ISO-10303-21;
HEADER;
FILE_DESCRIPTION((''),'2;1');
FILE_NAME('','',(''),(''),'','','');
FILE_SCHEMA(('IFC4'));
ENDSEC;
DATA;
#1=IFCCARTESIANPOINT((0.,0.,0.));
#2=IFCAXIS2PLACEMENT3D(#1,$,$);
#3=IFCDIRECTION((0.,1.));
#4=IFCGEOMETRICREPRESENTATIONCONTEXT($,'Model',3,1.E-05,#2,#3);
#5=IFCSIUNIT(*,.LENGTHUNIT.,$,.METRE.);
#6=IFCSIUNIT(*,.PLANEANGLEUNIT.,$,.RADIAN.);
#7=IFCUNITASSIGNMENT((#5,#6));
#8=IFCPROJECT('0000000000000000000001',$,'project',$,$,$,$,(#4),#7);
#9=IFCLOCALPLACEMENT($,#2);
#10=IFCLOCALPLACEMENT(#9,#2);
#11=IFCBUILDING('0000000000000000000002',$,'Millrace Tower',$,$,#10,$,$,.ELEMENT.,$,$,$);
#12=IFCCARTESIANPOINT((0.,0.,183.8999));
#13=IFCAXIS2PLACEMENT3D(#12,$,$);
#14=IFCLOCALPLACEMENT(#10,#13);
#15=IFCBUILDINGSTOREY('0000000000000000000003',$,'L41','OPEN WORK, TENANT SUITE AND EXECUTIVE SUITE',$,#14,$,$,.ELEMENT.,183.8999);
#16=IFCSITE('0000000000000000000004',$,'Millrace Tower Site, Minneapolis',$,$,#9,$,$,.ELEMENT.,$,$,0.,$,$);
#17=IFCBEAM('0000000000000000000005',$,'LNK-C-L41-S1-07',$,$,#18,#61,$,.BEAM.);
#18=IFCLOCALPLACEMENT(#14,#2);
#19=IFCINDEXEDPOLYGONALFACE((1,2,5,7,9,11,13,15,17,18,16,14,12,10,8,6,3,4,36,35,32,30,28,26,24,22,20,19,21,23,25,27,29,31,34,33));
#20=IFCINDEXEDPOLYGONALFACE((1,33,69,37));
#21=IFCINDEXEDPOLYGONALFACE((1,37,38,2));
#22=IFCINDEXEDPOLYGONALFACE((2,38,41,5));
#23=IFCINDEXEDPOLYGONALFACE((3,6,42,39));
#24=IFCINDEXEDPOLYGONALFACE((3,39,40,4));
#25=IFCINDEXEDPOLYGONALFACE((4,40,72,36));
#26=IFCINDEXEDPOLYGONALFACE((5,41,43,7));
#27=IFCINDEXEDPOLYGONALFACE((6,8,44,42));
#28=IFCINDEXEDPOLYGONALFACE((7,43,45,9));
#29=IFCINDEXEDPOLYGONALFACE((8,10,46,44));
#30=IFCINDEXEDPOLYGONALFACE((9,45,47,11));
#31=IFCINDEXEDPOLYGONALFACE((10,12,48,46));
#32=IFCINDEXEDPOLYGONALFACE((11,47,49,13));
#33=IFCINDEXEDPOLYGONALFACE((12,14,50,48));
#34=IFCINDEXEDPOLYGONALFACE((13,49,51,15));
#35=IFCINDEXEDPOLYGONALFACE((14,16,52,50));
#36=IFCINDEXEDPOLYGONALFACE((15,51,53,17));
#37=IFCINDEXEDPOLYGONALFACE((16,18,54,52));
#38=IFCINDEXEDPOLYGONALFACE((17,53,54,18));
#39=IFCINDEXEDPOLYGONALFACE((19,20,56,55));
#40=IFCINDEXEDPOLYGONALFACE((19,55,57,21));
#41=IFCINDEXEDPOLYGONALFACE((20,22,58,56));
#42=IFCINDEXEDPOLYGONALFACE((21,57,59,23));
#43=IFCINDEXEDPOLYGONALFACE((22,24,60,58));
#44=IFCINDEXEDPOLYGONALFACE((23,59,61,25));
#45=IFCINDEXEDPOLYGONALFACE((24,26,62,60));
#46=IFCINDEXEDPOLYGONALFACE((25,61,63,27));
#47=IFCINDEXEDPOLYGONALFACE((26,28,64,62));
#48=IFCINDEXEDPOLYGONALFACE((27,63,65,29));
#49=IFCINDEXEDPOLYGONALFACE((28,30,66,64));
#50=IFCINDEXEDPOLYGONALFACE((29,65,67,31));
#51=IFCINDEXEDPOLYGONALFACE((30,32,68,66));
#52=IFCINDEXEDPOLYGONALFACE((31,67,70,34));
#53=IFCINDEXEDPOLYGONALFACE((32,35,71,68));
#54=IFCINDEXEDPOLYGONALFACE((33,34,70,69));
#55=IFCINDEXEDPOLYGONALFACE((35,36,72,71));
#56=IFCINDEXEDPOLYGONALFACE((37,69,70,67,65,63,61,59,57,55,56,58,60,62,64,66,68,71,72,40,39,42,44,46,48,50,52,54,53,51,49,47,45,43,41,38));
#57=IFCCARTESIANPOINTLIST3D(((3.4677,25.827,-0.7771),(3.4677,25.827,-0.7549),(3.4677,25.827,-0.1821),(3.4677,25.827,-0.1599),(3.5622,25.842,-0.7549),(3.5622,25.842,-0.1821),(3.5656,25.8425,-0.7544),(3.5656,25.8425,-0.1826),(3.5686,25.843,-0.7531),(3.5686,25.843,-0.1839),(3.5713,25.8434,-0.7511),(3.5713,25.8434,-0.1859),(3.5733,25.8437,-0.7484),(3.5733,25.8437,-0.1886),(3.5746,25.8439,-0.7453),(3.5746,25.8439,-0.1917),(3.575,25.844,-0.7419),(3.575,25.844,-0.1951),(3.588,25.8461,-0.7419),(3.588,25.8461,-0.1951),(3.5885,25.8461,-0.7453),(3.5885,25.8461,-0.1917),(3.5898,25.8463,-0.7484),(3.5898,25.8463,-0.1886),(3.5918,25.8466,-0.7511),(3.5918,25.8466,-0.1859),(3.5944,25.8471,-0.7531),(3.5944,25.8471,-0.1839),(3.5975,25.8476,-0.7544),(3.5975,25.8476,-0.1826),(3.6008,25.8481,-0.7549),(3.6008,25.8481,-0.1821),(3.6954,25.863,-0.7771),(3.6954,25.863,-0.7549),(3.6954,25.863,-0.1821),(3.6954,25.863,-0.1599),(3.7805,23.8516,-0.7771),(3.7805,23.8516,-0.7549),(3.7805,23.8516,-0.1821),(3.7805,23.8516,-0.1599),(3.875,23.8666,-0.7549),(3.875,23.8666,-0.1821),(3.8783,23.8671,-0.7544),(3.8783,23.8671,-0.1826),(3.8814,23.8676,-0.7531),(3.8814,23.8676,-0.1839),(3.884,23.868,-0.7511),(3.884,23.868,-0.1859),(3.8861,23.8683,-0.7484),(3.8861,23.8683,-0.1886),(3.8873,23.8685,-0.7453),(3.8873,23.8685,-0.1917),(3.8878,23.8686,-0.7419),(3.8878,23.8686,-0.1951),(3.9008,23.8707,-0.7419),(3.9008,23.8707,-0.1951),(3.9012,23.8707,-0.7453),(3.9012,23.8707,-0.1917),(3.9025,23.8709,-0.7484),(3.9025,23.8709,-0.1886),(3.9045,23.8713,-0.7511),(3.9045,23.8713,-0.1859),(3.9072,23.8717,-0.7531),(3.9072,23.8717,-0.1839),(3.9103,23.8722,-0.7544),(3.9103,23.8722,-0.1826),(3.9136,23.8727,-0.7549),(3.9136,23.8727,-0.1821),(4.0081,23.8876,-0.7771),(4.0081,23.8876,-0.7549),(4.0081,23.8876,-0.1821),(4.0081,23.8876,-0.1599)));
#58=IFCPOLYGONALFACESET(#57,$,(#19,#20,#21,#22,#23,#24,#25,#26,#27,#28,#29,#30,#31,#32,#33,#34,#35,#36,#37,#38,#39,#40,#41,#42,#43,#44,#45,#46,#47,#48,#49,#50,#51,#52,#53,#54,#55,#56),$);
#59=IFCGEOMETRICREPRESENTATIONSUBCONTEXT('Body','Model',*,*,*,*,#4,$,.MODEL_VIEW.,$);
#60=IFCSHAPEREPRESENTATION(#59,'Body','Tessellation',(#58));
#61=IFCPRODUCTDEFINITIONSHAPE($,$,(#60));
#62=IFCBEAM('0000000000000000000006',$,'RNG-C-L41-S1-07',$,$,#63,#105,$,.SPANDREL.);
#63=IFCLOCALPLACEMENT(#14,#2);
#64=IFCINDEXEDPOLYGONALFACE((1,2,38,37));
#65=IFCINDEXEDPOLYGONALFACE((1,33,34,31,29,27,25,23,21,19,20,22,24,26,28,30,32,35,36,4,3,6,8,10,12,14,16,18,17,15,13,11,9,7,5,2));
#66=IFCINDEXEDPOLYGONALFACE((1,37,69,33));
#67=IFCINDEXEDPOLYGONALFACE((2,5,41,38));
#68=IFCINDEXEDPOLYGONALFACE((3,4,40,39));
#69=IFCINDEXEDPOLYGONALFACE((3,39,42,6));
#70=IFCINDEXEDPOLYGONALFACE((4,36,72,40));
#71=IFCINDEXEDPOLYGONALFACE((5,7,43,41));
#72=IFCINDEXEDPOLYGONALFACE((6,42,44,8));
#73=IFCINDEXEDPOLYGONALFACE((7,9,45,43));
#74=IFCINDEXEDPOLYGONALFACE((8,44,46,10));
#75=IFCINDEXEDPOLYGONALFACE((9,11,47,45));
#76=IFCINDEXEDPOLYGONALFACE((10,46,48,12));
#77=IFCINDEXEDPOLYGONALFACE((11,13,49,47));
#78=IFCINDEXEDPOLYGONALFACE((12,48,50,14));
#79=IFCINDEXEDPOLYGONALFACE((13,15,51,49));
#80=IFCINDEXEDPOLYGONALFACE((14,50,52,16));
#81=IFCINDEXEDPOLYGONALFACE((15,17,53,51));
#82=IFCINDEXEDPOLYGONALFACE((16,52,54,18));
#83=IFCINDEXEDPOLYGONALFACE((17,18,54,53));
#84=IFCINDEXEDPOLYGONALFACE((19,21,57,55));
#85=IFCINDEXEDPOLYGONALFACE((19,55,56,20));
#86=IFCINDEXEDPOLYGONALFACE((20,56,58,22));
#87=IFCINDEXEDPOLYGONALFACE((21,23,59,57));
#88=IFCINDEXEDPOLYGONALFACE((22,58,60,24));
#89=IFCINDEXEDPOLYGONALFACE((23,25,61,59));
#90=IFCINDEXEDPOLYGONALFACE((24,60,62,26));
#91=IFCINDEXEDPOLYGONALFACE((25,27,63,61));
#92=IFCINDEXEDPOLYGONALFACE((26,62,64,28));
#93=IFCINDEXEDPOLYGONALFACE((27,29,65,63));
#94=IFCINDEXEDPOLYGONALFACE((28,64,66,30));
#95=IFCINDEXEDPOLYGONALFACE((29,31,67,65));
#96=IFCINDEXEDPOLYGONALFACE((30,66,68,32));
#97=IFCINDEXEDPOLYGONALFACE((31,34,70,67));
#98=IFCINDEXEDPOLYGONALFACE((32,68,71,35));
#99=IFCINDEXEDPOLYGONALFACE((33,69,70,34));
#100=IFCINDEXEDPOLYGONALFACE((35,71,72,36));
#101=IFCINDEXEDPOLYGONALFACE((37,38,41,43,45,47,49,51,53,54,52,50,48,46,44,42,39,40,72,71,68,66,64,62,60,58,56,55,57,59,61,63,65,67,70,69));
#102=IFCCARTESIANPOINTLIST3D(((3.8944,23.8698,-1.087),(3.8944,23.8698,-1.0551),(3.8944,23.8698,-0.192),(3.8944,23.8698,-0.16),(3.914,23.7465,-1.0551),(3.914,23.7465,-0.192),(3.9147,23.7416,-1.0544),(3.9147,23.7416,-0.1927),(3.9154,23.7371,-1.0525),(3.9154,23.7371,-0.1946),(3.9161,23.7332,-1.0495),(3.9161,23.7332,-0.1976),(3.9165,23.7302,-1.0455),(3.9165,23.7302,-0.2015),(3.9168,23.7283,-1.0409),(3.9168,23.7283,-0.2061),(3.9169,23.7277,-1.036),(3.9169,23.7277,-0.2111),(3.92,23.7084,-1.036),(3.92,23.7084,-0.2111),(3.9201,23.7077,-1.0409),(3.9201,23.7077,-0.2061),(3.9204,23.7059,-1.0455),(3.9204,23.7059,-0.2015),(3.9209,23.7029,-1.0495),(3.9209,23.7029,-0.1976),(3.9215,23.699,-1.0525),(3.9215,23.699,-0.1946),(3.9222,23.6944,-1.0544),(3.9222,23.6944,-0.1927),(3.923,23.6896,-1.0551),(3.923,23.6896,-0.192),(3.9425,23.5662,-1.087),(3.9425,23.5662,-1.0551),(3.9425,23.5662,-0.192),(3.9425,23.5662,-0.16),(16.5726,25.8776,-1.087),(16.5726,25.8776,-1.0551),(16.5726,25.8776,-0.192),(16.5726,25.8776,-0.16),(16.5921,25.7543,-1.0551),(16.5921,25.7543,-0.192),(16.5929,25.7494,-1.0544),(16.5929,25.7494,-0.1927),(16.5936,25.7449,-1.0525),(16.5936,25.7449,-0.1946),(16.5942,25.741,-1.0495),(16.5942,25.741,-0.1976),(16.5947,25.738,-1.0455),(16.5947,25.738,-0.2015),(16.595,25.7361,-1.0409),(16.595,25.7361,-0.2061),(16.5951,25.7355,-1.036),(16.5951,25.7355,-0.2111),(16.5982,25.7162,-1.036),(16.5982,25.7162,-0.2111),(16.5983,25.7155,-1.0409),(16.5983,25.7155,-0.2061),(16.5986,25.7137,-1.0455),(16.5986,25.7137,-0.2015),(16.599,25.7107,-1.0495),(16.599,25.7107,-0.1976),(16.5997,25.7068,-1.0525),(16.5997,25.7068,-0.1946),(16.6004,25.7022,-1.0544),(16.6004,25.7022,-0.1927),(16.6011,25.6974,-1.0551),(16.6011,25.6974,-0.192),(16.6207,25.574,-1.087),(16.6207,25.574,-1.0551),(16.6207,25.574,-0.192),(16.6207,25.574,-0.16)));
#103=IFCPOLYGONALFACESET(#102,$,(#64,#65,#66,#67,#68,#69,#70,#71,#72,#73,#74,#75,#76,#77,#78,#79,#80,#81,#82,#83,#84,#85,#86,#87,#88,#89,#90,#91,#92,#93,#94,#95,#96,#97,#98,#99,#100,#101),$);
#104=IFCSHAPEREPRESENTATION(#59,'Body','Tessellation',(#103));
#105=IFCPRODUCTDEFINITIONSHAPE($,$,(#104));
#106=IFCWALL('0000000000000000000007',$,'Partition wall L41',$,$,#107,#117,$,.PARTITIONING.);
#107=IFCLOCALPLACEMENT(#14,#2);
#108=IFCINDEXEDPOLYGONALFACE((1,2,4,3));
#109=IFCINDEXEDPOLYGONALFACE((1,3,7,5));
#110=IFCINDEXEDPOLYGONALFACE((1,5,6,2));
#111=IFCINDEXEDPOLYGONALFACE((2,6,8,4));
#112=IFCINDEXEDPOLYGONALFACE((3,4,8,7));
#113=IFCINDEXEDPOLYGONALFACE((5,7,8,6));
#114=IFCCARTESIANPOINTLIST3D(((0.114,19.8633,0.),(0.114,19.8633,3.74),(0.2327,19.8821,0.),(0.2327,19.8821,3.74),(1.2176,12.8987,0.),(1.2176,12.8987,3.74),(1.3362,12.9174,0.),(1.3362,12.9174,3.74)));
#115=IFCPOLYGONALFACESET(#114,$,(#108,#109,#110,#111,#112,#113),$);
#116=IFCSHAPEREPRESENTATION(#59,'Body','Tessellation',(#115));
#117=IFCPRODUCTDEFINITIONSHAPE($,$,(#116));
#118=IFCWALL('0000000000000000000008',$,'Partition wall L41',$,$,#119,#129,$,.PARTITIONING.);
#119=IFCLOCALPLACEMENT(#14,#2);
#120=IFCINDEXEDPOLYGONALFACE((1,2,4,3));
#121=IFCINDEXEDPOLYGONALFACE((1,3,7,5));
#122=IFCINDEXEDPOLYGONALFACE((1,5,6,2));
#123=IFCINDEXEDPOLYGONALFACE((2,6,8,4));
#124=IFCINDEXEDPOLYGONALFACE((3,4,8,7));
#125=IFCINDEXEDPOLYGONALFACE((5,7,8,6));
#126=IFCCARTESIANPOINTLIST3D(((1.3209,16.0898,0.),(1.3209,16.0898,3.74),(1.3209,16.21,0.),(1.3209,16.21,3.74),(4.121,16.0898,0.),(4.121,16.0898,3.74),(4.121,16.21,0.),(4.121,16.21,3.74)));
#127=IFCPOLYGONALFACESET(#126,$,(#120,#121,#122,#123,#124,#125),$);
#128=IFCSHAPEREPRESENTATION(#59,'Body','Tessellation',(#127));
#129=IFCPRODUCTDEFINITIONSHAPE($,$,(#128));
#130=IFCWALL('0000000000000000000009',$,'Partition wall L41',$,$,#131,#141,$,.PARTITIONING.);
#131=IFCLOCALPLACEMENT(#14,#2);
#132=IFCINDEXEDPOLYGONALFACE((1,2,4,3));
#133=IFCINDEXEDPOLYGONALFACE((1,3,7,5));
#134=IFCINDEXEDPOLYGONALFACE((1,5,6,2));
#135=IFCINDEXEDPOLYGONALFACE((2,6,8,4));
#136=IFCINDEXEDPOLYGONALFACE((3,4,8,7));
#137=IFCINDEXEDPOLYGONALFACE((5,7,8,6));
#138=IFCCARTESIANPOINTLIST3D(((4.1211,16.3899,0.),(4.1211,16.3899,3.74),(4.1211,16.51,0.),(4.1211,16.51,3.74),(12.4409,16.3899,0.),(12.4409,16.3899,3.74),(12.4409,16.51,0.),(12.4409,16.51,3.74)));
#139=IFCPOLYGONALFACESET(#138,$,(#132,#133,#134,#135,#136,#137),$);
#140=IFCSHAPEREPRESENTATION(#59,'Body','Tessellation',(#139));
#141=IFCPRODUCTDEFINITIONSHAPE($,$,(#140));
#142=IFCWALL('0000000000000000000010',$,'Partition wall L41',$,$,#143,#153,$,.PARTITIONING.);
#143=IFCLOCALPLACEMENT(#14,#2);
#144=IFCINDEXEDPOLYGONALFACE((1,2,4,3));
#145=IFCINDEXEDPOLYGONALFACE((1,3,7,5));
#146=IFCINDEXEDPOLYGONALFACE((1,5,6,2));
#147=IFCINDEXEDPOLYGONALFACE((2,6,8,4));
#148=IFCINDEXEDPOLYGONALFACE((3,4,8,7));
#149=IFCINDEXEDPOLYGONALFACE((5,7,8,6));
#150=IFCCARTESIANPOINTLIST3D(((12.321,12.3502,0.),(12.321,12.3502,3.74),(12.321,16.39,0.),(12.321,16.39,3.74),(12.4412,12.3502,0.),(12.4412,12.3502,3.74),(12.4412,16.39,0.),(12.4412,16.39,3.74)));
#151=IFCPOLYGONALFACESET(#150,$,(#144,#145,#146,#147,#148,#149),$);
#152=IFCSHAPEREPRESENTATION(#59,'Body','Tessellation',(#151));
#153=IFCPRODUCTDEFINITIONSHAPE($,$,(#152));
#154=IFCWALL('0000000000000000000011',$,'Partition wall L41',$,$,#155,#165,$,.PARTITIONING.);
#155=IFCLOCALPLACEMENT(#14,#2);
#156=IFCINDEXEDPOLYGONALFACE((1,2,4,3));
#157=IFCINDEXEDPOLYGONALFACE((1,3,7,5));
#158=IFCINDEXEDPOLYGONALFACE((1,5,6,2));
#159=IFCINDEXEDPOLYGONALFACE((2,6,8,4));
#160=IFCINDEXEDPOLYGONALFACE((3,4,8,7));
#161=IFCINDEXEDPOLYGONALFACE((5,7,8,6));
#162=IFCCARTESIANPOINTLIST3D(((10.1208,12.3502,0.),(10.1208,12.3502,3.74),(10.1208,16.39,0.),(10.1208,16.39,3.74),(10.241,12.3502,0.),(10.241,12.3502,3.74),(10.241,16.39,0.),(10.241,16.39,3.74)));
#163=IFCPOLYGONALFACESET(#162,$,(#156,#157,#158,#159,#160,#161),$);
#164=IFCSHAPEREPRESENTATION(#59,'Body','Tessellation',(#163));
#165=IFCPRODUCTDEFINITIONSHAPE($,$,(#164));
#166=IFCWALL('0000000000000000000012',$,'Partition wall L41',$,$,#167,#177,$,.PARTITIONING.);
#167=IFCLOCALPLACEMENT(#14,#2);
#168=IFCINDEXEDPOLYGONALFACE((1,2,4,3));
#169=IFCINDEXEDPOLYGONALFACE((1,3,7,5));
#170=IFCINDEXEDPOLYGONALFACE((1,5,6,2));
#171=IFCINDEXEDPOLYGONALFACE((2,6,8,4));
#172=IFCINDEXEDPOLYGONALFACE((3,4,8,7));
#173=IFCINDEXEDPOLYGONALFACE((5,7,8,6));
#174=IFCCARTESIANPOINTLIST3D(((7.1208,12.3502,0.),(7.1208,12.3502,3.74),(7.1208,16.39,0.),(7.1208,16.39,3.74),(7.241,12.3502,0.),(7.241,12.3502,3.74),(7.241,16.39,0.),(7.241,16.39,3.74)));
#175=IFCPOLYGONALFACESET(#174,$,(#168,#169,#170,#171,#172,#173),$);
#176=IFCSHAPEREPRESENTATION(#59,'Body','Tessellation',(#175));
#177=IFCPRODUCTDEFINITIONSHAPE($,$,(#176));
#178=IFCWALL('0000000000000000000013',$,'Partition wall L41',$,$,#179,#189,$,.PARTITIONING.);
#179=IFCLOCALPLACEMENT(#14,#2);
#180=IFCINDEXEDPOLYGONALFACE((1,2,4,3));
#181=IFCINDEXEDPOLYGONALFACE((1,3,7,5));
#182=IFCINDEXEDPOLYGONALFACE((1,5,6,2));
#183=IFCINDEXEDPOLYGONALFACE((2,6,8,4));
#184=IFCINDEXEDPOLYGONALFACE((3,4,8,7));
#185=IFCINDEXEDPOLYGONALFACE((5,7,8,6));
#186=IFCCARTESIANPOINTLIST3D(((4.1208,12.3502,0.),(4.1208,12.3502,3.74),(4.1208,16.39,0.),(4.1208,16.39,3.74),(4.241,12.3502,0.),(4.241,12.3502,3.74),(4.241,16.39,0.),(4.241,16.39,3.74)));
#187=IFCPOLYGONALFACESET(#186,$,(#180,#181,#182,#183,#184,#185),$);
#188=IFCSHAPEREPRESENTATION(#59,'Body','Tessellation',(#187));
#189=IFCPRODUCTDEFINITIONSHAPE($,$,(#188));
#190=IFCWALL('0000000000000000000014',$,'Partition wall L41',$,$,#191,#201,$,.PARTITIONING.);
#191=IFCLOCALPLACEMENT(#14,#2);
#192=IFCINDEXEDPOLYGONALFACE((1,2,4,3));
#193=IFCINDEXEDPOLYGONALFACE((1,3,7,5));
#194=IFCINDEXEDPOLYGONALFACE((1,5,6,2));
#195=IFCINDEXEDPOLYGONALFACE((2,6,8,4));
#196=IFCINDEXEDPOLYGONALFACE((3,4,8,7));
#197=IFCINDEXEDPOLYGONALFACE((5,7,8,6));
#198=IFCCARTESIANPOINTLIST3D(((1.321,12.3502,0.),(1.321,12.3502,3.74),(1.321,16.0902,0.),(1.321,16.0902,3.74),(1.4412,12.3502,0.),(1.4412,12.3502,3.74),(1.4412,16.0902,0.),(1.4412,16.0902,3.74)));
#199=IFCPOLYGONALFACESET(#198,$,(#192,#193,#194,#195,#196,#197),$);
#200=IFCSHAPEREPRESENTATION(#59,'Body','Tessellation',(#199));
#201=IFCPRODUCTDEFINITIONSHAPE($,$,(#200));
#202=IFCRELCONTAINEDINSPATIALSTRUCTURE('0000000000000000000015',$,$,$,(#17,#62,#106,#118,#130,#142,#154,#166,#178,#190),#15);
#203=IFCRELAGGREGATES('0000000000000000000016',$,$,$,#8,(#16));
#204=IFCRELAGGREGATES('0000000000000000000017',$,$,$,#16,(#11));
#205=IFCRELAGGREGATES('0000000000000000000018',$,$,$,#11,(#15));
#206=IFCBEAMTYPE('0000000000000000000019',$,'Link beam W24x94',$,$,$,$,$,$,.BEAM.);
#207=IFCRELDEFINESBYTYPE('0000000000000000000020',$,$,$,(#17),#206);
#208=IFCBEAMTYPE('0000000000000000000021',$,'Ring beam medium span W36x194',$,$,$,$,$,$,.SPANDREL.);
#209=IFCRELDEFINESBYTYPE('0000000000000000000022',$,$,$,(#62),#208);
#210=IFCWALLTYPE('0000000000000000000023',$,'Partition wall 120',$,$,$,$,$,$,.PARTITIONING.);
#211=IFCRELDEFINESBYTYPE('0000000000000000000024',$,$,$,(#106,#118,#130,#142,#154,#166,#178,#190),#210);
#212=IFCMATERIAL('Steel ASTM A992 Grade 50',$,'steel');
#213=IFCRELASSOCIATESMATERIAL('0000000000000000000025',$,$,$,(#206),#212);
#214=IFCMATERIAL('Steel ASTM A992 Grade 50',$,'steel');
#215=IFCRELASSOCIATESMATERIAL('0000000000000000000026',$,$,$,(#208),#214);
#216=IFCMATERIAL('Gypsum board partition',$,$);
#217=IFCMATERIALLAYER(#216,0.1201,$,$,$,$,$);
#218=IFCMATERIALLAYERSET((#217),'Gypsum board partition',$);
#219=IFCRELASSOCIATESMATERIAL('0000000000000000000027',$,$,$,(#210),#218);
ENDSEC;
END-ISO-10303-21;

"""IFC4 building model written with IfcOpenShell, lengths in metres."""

from ifc_helpers import new_model, si_unit, direction, frame, frame_2d, origin, origin_2d, place, context, subcontext, project, spatial, rectangle, i_section, extrude, material, layer, layer_set, material_profile, profile_set, type_object, element, save


model = new_model("IFC4")

# Units and contexts
model_context = context("Model", 3, precision=1e-05, world=origin(), true_north=direction((0.0, 1.0)))
body_context = subcontext(model_context, "Body", "Model", "MODEL_VIEW")
ifc_project = project(units=[si_unit("LENGTHUNIT", "METRE"), si_unit("PLANEANGLEUNIT", "RADIAN")], contexts=[model_context])

# Site, building, storey
site_placement = place(None, origin())
site = spatial("IfcSite", under=ifc_project, at=site_placement, Name="Millrace Tower Site, Minneapolis", CompositionType="ELEMENT", RefElevation=0.0)
building_placement = place(site_placement, origin())
building = spatial("IfcBuilding", under=site, at=building_placement, Name="Millrace Tower", CompositionType="ELEMENT")
storey_placement = place(building_placement, frame((0.0, 0.0, 183.8999)))
storey = spatial("IfcBuildingStorey", under=building, at=storey_placement, Name="L41", Description="OPEN WORK, TENANT SUITE AND EXECUTIVE SUITE", CompositionType="ELEMENT", Elevation=183.8999)

# Beams
ifc_material_1 = material(Name="Steel ASTM A992 Grade 50", Category="steel")
ifc_material_profile_1 = material_profile(ifc_material_1, i_section(OverallWidth=0.2305, OverallDepth=0.6172, WebThickness=0.0132, FlangeThickness=0.0222, FilletRadius=0.0129, at=origin_2d()))
ifc_profile_set_1 = profile_set([ifc_material_profile_1], Name="Steel ASTM A992 Grade 50")
beam_type_1 = type_object("IfcBeamType", Name="Link beam W24x94", PredefinedType="BEAM", material=ifc_profile_set_1)
beam_1_placement = place(storey_placement, frame((3.8943, 23.8696, -0.4685), z_axis=(-0.156376, 0.987698, 0.0), x_axis=(-0.987698, -0.156376, 0.0)))
element("IfcBeam", 1, at=beam_1_placement, inside=storey, type_object=beam_type_1, Name="LNK-C-L41-S1-07", PredefinedType="BEAM", context=body_context, shape_type="SweptSolid", body=[
    extrude(i_section(OverallWidth=0.2305, OverallDepth=0.6172, WebThickness=0.0132, FlangeThickness=0.0222, FilletRadius=0.0129, at=origin_2d()), origin(), (0.0, 0.0, 1.0), 2.0),
])
ifc_material_2 = material(Name="Steel ASTM A992 Grade 50", Category="steel")
ifc_material_profile_2 = material_profile(ifc_material_2, i_section(OverallWidth=0.3074, OverallDepth=0.927, WebThickness=0.0195, FlangeThickness=0.032, FilletRadius=0.019, at=origin_2d()))
ifc_profile_set_2 = profile_set([ifc_material_profile_2], Name="Steel ASTM A992 Grade 50")
beam_type_2 = type_object("IfcBeamType", Name="Ring beam medium span W36x194", PredefinedType="SPANDREL", material=ifc_profile_set_2)
beam_2_placement = place(storey_placement, frame((3.9185, 23.718, -0.6235), z_axis=(0.987691, 0.156418, 0.0), x_axis=(-0.156418, 0.987691, 0.0)))
element("IfcBeam", 2, at=beam_2_placement, inside=storey, type_object=beam_type_2, Name="RNG-C-L41-S1-07", PredefinedType="SPANDREL", context=body_context, shape_type="SweptSolid", body=[
    extrude(i_section(OverallWidth=0.3074, OverallDepth=0.927, WebThickness=0.0195, FlangeThickness=0.032, FilletRadius=0.019, at=origin_2d()), origin(), (0.0, 0.0, 1.0), 12.8362),
])

# Walls
ifc_material_3 = material(Name="Gypsum board partition")
ifc_layer_1 = layer(ifc_material_3, 0.1201)
ifc_layer_set_1 = layer_set([ifc_layer_1], Name="Gypsum board partition")
wall_type = type_object("IfcWallType", Name="Partition wall 120", PredefinedType="PARTITIONING", material=ifc_layer_set_1)
wall_1_placement = place(storey_placement, frame((0.1733, 19.8728, 0.0), z_axis=(0.0, 0.0, 1.0), x_axis=(0.156494, -0.987679, 0.0)))
element("IfcWall", 3, at=wall_1_placement, inside=storey, type_object=wall_type, Name="Partition wall L41", PredefinedType="PARTITIONING", context=body_context, shape_type="SweptSolid", body=[
    extrude(rectangle(XDim=7.0515, YDim=0.1201, at=frame_2d((3.5259, 0.0))), origin(), (0.0, 0.0, 1.0), 3.74),
])
wall_2_placement = place(storey_placement, frame((1.321, 16.1499, 0.0), z_axis=(0.0, 0.0, 1.0), x_axis=(1.0, 0.0, 0.0)))
element("IfcWall", 4, at=wall_2_placement, inside=storey, type_object=wall_type, Name="Partition wall L41", PredefinedType="PARTITIONING", context=body_context, shape_type="SweptSolid", body=[
    extrude(rectangle(XDim=2.8, YDim=0.1201, at=frame_2d((1.3999, 0.0))), origin(), (0.0, 0.0, 1.0), 3.74),
])
wall_3_placement = place(storey_placement, frame((4.1211, 16.45, 0.0), z_axis=(0.0, 0.0, 1.0), x_axis=(1.0, 0.0, 0.0)))
element("IfcWall", 5, at=wall_3_placement, inside=storey, type_object=wall_type, Name="Partition wall L41", PredefinedType="PARTITIONING", context=body_context, shape_type="SweptSolid", body=[
    extrude(rectangle(XDim=8.3198, YDim=0.1201, at=frame_2d((4.1599, 0.0))), origin(), (0.0, 0.0, 1.0), 3.74),
])
for number, where, z_axis, x_axis, name in (
    (6, (12.3811, 12.3501, 0.0), (0.0, 0.0, 1.0), (0.0, 1.0, 0.0), "Partition wall L41"),
    (7, (10.1809, 12.3501, 0.0), (0.0, 0.0, 1.0), (0.0, 1.0, 0.0), "Partition wall L41"),
    (8, (7.1809, 12.3501, 0.0), (0.0, 0.0, 1.0), (0.0, 1.0, 0.0), "Partition wall L41"),
    (9, (4.1809, 12.3501, 0.0), (0.0, 0.0, 1.0), (0.0, 1.0, 0.0), "Partition wall L41"),
):
    element("IfcWall", number, at=place(storey_placement, frame(where, z_axis=z_axis, x_axis=x_axis)), inside=storey, type_object=wall_type, Name=name, PredefinedType="PARTITIONING", context=body_context, shape_type="SweptSolid", body=[
        extrude(rectangle(XDim=4.0398, YDim=0.1201, at=frame_2d((2.02, 0.0))), origin(), (0.0, 0.0, 1.0), 3.74),
    ])
wall_4_placement = place(storey_placement, frame((1.3811, 12.3501, 0.0), z_axis=(0.0, 0.0, 1.0), x_axis=(0.0, 1.0, 0.0)))
element("IfcWall", 10, at=wall_4_placement, inside=storey, type_object=wall_type, Name="Partition wall L41", PredefinedType="PARTITIONING", context=body_context, shape_type="SweptSolid", body=[
    extrude(rectangle(XDim=3.74, YDim=0.1201, at=frame_2d((1.8701, 0.0))), origin(), (0.0, 0.0, 1.0), 3.74),
])

save(model, "model.ifc")
